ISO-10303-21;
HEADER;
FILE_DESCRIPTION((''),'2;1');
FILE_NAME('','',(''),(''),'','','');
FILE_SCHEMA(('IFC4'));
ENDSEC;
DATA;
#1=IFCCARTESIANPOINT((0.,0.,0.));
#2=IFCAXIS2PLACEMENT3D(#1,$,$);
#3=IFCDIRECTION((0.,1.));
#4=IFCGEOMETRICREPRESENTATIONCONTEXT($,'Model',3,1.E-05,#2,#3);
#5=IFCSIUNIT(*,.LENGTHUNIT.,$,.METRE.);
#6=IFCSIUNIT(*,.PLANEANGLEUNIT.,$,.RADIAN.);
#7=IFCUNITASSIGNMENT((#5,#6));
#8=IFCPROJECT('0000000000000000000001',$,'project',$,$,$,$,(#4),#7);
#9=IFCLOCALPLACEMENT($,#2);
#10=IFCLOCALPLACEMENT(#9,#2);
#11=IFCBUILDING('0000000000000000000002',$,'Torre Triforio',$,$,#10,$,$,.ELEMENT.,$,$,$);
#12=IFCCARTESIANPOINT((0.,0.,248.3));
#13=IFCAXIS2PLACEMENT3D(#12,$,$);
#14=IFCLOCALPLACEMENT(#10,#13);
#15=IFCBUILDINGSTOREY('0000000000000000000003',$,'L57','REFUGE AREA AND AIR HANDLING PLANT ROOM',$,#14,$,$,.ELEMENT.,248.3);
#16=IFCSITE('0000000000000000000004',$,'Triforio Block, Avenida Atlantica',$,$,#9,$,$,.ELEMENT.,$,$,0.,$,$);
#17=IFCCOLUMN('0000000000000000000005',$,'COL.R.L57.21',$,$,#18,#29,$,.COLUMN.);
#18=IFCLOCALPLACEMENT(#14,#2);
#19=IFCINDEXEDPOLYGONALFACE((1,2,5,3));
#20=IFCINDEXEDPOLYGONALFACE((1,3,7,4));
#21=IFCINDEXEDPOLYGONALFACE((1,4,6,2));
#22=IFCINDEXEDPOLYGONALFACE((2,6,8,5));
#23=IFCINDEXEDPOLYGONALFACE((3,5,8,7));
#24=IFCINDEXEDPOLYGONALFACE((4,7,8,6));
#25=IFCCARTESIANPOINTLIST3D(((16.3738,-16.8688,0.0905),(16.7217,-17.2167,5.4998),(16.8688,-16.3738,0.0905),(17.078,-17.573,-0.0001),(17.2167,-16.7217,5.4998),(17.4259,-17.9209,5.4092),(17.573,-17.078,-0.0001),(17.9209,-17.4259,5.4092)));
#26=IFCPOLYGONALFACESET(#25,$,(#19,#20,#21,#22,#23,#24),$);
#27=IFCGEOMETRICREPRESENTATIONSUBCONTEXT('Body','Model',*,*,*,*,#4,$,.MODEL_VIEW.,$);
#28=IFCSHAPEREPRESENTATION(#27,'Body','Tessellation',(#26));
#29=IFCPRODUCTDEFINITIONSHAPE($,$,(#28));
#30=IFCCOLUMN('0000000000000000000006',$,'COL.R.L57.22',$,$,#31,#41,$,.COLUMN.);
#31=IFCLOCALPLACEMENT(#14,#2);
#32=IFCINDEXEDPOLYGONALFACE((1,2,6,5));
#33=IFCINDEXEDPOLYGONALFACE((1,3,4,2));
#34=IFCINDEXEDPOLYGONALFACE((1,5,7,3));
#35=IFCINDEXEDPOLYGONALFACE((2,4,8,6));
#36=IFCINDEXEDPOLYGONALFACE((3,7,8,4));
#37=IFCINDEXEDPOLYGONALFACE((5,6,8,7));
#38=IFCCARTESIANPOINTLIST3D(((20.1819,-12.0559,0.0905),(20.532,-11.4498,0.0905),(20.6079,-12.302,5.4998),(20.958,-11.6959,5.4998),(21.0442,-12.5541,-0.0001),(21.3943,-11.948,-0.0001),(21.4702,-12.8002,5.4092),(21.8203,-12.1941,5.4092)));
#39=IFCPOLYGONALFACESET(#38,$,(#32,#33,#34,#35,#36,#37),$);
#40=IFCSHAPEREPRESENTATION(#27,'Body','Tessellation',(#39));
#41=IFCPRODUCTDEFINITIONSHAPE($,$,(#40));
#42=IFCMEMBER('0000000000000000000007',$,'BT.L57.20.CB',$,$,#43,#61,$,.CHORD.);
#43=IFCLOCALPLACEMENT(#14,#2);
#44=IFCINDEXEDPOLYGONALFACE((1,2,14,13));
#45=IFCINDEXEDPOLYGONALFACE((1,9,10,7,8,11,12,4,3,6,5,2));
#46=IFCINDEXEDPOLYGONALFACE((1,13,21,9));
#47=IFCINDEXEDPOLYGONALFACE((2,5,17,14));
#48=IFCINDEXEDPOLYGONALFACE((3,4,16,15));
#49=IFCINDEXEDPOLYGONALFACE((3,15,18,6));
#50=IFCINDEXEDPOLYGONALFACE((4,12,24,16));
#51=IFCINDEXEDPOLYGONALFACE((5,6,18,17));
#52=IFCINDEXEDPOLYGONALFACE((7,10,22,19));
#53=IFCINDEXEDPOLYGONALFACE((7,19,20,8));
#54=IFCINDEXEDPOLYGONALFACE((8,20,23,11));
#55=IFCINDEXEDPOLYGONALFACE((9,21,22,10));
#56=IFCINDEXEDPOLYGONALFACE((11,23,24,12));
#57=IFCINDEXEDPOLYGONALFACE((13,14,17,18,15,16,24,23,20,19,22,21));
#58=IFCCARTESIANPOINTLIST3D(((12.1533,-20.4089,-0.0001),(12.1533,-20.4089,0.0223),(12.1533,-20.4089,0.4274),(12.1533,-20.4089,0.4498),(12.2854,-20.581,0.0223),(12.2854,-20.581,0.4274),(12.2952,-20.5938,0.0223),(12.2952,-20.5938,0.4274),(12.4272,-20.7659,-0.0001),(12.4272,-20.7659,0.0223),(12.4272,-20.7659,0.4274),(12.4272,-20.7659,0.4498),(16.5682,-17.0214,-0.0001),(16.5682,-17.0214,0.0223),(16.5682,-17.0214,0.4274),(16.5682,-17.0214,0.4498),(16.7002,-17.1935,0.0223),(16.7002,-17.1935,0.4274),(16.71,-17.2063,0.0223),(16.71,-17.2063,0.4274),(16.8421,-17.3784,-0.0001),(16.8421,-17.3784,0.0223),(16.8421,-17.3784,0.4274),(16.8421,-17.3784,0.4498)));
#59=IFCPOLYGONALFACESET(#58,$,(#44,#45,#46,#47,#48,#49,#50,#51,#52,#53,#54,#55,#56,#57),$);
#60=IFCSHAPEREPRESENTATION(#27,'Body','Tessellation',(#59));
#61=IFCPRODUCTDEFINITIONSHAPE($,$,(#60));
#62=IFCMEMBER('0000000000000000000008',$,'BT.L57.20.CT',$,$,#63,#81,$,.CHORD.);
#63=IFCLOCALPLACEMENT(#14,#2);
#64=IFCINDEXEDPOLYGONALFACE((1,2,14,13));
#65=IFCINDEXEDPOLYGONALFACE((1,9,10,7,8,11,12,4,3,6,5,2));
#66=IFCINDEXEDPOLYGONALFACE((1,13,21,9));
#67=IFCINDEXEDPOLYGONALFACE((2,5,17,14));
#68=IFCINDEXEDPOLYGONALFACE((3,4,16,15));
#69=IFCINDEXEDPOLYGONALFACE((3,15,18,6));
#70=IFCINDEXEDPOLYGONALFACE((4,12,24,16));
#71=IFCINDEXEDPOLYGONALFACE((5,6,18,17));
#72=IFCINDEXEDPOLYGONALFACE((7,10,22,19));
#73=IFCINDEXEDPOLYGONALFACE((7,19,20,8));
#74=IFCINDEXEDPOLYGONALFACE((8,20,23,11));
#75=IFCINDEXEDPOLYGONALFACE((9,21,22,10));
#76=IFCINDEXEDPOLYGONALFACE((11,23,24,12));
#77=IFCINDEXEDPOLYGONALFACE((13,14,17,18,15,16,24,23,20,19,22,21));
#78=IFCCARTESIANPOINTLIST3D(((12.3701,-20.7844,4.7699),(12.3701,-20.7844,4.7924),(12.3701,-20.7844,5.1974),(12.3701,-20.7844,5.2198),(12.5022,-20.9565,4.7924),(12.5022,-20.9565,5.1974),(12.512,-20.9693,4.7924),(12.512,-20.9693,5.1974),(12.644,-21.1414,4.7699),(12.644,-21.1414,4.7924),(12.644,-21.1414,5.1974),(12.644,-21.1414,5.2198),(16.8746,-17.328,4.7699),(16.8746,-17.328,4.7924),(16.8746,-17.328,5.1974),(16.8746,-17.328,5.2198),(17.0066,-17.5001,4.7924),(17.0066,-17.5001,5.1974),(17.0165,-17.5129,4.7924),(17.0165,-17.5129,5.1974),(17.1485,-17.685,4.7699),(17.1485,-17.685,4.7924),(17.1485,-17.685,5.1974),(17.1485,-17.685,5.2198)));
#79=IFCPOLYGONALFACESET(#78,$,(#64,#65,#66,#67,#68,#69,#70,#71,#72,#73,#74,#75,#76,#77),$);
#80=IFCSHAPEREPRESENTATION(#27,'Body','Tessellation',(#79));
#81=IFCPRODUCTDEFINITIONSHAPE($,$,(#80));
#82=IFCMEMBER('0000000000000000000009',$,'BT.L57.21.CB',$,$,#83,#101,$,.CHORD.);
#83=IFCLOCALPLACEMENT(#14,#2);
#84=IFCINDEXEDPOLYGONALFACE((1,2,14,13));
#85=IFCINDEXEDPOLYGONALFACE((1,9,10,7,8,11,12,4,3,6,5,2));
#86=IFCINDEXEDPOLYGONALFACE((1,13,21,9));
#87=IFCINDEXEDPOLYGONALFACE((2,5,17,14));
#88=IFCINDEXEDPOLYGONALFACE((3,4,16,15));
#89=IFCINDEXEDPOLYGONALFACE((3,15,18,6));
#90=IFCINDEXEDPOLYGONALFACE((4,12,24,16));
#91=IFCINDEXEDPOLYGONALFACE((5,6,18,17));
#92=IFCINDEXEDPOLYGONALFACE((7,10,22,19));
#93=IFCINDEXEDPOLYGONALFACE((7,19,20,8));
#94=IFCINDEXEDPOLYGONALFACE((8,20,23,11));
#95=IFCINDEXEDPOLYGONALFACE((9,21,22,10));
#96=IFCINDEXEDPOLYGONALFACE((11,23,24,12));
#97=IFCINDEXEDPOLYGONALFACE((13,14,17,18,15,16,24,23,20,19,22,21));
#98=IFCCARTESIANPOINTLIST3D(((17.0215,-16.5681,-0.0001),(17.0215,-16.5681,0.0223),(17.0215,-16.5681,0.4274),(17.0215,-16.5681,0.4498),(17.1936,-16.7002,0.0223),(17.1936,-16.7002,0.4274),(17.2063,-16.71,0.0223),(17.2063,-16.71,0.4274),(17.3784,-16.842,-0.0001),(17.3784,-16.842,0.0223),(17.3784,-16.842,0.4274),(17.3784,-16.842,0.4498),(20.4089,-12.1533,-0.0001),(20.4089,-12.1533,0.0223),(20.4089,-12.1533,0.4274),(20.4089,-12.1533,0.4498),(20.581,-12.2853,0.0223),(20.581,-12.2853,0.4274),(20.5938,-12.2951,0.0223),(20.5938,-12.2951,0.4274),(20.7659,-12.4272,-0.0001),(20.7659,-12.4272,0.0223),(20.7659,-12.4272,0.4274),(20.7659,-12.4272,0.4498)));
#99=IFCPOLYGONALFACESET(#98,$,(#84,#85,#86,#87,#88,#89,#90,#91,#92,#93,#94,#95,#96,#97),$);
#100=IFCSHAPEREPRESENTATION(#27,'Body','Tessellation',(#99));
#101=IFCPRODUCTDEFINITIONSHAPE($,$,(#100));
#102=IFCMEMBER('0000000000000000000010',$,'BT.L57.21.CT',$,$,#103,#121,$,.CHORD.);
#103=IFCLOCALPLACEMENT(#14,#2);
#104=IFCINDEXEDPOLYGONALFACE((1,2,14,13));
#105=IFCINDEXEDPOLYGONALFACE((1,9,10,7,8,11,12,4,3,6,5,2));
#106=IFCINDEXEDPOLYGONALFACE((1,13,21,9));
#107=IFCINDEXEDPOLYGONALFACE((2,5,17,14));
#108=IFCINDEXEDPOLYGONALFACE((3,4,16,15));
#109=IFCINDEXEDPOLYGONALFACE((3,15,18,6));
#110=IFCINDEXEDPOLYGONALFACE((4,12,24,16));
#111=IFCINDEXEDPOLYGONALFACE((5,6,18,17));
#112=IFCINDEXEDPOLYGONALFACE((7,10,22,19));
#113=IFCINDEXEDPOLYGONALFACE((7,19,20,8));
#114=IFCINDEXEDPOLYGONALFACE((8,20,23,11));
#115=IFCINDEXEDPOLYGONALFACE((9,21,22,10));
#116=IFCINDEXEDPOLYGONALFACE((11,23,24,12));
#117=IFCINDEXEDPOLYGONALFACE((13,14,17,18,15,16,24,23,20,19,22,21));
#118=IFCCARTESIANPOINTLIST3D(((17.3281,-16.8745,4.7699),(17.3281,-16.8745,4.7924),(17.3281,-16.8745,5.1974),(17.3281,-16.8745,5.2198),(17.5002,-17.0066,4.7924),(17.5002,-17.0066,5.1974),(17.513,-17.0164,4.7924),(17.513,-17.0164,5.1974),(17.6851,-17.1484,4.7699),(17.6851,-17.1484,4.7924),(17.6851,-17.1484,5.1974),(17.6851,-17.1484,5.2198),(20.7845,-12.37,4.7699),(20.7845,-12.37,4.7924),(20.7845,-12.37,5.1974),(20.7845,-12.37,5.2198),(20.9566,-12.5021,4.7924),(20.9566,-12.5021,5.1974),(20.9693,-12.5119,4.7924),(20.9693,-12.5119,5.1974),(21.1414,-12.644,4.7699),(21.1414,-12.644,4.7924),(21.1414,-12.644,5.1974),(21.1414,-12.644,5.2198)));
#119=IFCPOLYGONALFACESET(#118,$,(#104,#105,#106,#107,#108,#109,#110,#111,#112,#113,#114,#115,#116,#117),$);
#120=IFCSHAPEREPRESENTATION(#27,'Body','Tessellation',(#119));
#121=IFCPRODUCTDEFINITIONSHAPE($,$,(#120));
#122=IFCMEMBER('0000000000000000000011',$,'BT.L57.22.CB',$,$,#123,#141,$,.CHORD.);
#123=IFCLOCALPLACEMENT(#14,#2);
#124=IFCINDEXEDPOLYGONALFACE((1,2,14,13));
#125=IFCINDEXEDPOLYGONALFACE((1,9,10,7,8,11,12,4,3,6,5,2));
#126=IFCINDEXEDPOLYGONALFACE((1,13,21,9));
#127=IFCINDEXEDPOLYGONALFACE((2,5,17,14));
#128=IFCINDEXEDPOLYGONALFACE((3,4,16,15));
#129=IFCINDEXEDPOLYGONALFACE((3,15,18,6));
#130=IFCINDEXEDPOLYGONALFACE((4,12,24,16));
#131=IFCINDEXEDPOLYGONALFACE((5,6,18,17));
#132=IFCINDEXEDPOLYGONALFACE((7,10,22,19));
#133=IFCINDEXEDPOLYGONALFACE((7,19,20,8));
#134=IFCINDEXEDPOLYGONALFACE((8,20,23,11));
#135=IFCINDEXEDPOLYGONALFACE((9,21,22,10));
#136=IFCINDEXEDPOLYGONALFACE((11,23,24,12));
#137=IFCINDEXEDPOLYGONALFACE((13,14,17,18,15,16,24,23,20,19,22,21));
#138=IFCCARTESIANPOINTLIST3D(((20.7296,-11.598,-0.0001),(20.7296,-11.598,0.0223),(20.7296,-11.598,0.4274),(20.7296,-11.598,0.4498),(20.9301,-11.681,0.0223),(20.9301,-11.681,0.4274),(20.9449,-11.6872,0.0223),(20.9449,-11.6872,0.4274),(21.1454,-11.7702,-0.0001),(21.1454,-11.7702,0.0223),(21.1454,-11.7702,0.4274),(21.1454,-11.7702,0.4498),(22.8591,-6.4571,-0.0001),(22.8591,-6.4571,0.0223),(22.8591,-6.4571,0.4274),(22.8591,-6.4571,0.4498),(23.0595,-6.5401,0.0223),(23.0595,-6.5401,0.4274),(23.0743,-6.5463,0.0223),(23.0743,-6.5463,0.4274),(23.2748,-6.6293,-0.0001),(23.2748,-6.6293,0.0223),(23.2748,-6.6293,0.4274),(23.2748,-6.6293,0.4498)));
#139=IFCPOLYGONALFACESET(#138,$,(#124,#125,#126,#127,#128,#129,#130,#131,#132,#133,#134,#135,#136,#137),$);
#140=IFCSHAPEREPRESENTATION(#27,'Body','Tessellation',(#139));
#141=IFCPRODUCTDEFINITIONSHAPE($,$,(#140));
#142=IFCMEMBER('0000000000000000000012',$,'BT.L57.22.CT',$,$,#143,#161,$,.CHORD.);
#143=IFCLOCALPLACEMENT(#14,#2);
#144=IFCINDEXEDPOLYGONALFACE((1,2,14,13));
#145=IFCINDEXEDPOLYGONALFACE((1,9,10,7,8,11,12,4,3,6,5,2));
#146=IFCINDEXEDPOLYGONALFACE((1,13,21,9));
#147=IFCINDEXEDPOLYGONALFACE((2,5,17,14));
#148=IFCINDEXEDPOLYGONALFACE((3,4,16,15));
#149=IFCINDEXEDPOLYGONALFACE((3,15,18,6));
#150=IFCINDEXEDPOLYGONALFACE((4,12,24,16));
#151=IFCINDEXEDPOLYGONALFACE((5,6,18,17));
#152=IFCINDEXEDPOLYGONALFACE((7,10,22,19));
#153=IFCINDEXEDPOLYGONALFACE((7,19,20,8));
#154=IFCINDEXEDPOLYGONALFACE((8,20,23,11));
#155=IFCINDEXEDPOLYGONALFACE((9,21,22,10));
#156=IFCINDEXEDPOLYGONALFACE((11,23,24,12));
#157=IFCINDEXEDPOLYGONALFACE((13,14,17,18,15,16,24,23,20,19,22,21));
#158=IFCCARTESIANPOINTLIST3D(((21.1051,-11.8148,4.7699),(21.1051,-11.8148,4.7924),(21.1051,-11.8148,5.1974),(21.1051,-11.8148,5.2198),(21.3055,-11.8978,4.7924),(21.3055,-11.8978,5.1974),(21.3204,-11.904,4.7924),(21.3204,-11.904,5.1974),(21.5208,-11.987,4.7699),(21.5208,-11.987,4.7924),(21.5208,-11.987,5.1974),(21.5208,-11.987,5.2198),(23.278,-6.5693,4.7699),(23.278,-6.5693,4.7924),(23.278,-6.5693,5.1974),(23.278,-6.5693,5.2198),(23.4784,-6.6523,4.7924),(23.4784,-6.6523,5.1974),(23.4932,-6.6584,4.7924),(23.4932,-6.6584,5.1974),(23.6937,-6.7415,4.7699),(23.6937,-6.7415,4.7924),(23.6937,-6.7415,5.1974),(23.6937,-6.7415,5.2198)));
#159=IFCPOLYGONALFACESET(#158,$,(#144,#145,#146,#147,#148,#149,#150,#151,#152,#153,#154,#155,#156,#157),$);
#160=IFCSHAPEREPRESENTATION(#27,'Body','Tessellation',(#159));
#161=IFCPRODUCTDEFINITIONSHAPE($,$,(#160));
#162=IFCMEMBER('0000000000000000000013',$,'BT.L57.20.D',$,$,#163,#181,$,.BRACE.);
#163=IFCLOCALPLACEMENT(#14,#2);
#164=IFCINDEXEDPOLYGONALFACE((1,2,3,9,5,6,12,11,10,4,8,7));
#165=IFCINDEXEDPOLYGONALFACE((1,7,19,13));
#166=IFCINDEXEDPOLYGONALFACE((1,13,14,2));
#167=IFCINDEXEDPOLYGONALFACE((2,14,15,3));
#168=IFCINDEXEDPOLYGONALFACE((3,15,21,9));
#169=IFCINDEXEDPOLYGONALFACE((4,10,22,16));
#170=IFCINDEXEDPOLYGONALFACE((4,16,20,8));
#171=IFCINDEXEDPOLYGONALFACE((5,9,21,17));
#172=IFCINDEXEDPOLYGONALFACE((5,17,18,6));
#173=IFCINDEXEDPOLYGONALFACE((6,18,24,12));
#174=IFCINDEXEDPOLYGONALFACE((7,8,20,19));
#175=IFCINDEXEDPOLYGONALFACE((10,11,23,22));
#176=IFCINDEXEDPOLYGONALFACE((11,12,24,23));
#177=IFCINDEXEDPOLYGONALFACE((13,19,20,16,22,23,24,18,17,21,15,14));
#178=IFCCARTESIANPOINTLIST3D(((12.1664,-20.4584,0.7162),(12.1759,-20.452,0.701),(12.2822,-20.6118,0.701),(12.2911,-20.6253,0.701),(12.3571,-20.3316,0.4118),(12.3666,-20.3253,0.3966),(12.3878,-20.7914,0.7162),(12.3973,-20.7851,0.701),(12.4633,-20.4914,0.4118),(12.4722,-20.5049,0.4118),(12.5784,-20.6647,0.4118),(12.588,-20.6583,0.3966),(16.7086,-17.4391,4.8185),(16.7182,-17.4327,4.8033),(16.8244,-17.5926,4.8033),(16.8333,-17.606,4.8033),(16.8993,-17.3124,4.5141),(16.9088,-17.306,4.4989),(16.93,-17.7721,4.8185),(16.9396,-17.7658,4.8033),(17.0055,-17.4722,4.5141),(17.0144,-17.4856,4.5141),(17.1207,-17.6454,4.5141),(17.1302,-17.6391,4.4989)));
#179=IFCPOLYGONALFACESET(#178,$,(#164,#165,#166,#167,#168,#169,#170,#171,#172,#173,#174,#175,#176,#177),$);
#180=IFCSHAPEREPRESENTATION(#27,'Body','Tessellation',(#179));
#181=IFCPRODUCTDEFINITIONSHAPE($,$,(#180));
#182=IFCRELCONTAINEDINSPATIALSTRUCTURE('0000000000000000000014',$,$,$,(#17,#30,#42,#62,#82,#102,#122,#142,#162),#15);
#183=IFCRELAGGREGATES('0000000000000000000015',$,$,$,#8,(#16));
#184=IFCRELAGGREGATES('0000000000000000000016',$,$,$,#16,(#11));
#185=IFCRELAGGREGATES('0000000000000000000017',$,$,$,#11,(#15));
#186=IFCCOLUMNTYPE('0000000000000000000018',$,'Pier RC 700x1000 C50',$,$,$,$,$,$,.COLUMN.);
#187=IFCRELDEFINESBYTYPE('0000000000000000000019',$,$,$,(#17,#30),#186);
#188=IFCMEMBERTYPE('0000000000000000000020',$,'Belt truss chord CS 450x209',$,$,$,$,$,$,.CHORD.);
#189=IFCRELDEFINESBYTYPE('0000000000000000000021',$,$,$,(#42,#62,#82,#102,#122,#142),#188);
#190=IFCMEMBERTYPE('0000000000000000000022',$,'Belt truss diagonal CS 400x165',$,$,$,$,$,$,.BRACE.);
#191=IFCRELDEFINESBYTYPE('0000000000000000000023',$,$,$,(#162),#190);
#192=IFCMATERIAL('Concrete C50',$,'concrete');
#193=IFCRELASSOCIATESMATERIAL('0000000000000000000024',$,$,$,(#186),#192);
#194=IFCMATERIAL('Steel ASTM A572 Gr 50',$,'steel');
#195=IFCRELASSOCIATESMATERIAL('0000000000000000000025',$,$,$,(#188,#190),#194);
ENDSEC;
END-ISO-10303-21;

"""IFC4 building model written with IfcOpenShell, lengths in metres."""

from ifc_helpers import new_model, si_unit, direction, frame, origin, origin_2d, place, context, subcontext, project, spatial, rectangle, i_section, extrude, material, material_profile, profile_set, type_object, element, save


model = new_model("IFC4")

# Units and contexts
model_context = context("Model", 3, precision=1e-05, world=origin(), true_north=direction((0.0, 1.0)))
body_context = subcontext(model_context, "Body", "Model", "MODEL_VIEW")
ifc_project = project(units=[si_unit("LENGTHUNIT", "METRE"), si_unit("PLANEANGLEUNIT", "RADIAN")], contexts=[model_context])

# Site, building, storey
site_placement = place(None, origin())
site = spatial("IfcSite", under=ifc_project, at=site_placement, Name="Triforio Block, Avenida Atlantica", CompositionType="ELEMENT", RefElevation=0.0)
building_placement = place(site_placement, origin())
building = spatial("IfcBuilding", under=site, at=building_placement, Name="Torre Triforio", CompositionType="ELEMENT")
storey_placement = place(building_placement, frame((0.0, 0.0, 248.3)))
storey = spatial("IfcBuildingStorey", under=building, at=storey_placement, Name="L57", Description="REFUGE AREA AND AIR HANDLING PLANT ROOM", CompositionType="ELEMENT", Elevation=248.3)

# Columns
ifc_material_1 = material(Name="Concrete C50", Category="concrete")
ifc_material_profile_1 = material_profile(ifc_material_1, rectangle(XDim=0.7, YDim=1.0, at=origin_2d()), Name="RC 700x1000")
ifc_profile_set_1 = profile_set([ifc_material_profile_1], Name="Concrete C50")
column_type = type_object("IfcColumnType", Name="Pier RC 700x1000 C50", PredefinedType="COLUMN", material=ifc_profile_set_1)
for number, where, z_axis, x_axis, name in (
    (1, (16.9734, -16.9734, 0.0452), (0.064049, -0.064049, 0.995889), (0.707107, 0.707107, 0.0), "COL.R.L57.21"),
    (2, (20.7881, -12.002, 0.0452), (0.078432, -0.045307, 0.995889), (0.500195, 0.865913, 0.0), "COL.R.L57.22"),
):
    element("IfcColumn", number, at=place(storey_placement, frame(where, z_axis=z_axis, x_axis=x_axis)), inside=storey, type_object=column_type, Name=name, PredefinedType="COLUMN", context=body_context, shape_type="SweptSolid", body=[
        extrude(rectangle(XDim=0.7, YDim=1.0, at=origin_2d()), origin(), (0.0, 0.0, 1.0), 5.4316),
    ])

# Members
ifc_material_2 = material(Name="Steel ASTM A572 Gr 50", Category="steel")
ifc_material_profile_2 = material_profile(ifc_material_2, i_section(OverallWidth=0.45, OverallDepth=0.45, WebThickness=0.0161, FlangeThickness=0.0225, at=origin_2d()), Name="CS 450x209")
ifc_profile_set_2 = profile_set([ifc_material_profile_2], Name="Steel ASTM A572 Gr 50")
member_type_1 = type_object("IfcMemberType", Name="Belt truss chord CS 450x209", PredefinedType="CHORD", material=ifc_profile_set_2)
member_1_placement = place(storey_placement, frame((12.2903, -20.5874, 0.2249), z_axis=(0.793366, 0.608746, 0.0), x_axis=(-0.608746, 0.793366, 0.0)))
element("IfcMember", 3, at=member_1_placement, inside=storey, type_object=member_type_1, Name="BT.L57.20.CB", PredefinedType="CHORD", context=body_context, shape_type="SweptSolid", body=[
    extrude(i_section(OverallWidth=0.45, OverallDepth=0.45, WebThickness=0.0161, FlangeThickness=0.0225, at=origin_2d()), origin(), (0.0, 0.0, 1.0), 5.5647),
])
member_2_placement = place(storey_placement, frame((12.5071, -20.9629, 4.9949), z_axis=(0.793357, 0.608756, 0.0), x_axis=(-0.608756, 0.793357, 0.0)))
element("IfcMember", 4, at=member_2_placement, inside=storey, type_object=member_type_1, Name="BT.L57.20.CT", PredefinedType="CHORD", context=body_context, shape_type="SweptSolid", body=[
    extrude(i_section(OverallWidth=0.45, OverallDepth=0.45, WebThickness=0.0161, FlangeThickness=0.0225, at=origin_2d()), origin(), (0.0, 0.0, 1.0), 5.6777),
])
member_3_placement = place(storey_placement, frame((17.2, -16.7051, 0.2249), z_axis=(0.608746, 0.793366, 0.0), x_axis=(-0.793366, 0.608746, 0.0)))
element("IfcMember", 5, at=member_3_placement, inside=storey, type_object=member_type_1, Name="BT.L57.21.CB", PredefinedType="CHORD", context=body_context, shape_type="SweptSolid", body=[
    extrude(i_section(OverallWidth=0.45, OverallDepth=0.45, WebThickness=0.0161, FlangeThickness=0.0225, at=origin_2d()), origin(), (0.0, 0.0, 1.0), 5.5647),
])
member_4_placement = place(storey_placement, frame((17.5066, -17.0115, 4.9949), z_axis=(0.608756, 0.793357, 0.0), x_axis=(-0.793357, 0.608756, 0.0)))
element("IfcMember", 6, at=member_4_placement, inside=storey, type_object=member_type_1, Name="BT.L57.21.CT", PredefinedType="CHORD", context=body_context, shape_type="SweptSolid", body=[
    extrude(i_section(OverallWidth=0.45, OverallDepth=0.45, WebThickness=0.0161, FlangeThickness=0.0225, at=origin_2d()), origin(), (0.0, 0.0, 1.0), 5.6777),
])
member_5_placement = place(storey_placement, frame((20.9375, -11.6841, 0.2249), z_axis=(0.38268, 0.923881, 0.0), x_axis=(-0.923881, 0.38268, 0.0)))
element("IfcMember", 7, at=member_5_placement, inside=storey, type_object=member_type_1, Name="BT.L57.22.CB", PredefinedType="CHORD", context=body_context, shape_type="SweptSolid", body=[
    extrude(i_section(OverallWidth=0.45, OverallDepth=0.45, WebThickness=0.0161, FlangeThickness=0.0225, at=origin_2d()), origin(), (0.0, 0.0, 1.0), 5.5645),
])
member_6_placement = place(storey_placement, frame((21.313, -11.9009, 4.9949), z_axis=(0.382691, 0.923876, 0.0), x_axis=(-0.923876, 0.382691, 0.0)))
element("IfcMember", 8, at=member_6_placement, inside=storey, type_object=member_type_1, Name="BT.L57.22.CT", PredefinedType="CHORD", context=body_context, shape_type="SweptSolid", body=[
    extrude(i_section(OverallWidth=0.45, OverallDepth=0.45, WebThickness=0.0161, FlangeThickness=0.0225, at=origin_2d()), origin(), (0.0, 0.0, 1.0), 5.6777),
])
ifc_material_profile_3 = material_profile(ifc_material_2, i_section(OverallWidth=0.3999, OverallDepth=0.3999, WebThickness=0.0161, FlangeThickness=0.019, at=origin_2d()), Name="CS 400x165")
ifc_profile_set_3 = profile_set([ifc_material_profile_3], Name="Steel ASTM A572 Gr 50")
member_type_2 = type_object("IfcMemberType", Name="Belt truss diagonal CS 400x165", PredefinedType="BRACE", material=ifc_profile_set_3)
for number, where, z_axis, x_axis, name in (
    (9, (12.3772, -20.5583, 0.5564), (0.665556, 0.442404, 0.601093), (-0.553574, 0.8328, 0.0), "BT.L57.20.D"),
):
    element("IfcMember", number, at=place(storey_placement, frame(where, z_axis=z_axis, x_axis=x_axis)), inside=storey, type_object=member_type_2, Name=name, PredefinedType="BRACE", context=body_context, shape_type="SweptSolid", body=[
        extrude(i_section(OverallWidth=0.3999, OverallDepth=0.3999, WebThickness=0.0161, FlangeThickness=0.019, at=origin_2d()), origin(), (0.0, 0.0, 1.0), 6.8247),
    ])

save(model, "model.ifc")
